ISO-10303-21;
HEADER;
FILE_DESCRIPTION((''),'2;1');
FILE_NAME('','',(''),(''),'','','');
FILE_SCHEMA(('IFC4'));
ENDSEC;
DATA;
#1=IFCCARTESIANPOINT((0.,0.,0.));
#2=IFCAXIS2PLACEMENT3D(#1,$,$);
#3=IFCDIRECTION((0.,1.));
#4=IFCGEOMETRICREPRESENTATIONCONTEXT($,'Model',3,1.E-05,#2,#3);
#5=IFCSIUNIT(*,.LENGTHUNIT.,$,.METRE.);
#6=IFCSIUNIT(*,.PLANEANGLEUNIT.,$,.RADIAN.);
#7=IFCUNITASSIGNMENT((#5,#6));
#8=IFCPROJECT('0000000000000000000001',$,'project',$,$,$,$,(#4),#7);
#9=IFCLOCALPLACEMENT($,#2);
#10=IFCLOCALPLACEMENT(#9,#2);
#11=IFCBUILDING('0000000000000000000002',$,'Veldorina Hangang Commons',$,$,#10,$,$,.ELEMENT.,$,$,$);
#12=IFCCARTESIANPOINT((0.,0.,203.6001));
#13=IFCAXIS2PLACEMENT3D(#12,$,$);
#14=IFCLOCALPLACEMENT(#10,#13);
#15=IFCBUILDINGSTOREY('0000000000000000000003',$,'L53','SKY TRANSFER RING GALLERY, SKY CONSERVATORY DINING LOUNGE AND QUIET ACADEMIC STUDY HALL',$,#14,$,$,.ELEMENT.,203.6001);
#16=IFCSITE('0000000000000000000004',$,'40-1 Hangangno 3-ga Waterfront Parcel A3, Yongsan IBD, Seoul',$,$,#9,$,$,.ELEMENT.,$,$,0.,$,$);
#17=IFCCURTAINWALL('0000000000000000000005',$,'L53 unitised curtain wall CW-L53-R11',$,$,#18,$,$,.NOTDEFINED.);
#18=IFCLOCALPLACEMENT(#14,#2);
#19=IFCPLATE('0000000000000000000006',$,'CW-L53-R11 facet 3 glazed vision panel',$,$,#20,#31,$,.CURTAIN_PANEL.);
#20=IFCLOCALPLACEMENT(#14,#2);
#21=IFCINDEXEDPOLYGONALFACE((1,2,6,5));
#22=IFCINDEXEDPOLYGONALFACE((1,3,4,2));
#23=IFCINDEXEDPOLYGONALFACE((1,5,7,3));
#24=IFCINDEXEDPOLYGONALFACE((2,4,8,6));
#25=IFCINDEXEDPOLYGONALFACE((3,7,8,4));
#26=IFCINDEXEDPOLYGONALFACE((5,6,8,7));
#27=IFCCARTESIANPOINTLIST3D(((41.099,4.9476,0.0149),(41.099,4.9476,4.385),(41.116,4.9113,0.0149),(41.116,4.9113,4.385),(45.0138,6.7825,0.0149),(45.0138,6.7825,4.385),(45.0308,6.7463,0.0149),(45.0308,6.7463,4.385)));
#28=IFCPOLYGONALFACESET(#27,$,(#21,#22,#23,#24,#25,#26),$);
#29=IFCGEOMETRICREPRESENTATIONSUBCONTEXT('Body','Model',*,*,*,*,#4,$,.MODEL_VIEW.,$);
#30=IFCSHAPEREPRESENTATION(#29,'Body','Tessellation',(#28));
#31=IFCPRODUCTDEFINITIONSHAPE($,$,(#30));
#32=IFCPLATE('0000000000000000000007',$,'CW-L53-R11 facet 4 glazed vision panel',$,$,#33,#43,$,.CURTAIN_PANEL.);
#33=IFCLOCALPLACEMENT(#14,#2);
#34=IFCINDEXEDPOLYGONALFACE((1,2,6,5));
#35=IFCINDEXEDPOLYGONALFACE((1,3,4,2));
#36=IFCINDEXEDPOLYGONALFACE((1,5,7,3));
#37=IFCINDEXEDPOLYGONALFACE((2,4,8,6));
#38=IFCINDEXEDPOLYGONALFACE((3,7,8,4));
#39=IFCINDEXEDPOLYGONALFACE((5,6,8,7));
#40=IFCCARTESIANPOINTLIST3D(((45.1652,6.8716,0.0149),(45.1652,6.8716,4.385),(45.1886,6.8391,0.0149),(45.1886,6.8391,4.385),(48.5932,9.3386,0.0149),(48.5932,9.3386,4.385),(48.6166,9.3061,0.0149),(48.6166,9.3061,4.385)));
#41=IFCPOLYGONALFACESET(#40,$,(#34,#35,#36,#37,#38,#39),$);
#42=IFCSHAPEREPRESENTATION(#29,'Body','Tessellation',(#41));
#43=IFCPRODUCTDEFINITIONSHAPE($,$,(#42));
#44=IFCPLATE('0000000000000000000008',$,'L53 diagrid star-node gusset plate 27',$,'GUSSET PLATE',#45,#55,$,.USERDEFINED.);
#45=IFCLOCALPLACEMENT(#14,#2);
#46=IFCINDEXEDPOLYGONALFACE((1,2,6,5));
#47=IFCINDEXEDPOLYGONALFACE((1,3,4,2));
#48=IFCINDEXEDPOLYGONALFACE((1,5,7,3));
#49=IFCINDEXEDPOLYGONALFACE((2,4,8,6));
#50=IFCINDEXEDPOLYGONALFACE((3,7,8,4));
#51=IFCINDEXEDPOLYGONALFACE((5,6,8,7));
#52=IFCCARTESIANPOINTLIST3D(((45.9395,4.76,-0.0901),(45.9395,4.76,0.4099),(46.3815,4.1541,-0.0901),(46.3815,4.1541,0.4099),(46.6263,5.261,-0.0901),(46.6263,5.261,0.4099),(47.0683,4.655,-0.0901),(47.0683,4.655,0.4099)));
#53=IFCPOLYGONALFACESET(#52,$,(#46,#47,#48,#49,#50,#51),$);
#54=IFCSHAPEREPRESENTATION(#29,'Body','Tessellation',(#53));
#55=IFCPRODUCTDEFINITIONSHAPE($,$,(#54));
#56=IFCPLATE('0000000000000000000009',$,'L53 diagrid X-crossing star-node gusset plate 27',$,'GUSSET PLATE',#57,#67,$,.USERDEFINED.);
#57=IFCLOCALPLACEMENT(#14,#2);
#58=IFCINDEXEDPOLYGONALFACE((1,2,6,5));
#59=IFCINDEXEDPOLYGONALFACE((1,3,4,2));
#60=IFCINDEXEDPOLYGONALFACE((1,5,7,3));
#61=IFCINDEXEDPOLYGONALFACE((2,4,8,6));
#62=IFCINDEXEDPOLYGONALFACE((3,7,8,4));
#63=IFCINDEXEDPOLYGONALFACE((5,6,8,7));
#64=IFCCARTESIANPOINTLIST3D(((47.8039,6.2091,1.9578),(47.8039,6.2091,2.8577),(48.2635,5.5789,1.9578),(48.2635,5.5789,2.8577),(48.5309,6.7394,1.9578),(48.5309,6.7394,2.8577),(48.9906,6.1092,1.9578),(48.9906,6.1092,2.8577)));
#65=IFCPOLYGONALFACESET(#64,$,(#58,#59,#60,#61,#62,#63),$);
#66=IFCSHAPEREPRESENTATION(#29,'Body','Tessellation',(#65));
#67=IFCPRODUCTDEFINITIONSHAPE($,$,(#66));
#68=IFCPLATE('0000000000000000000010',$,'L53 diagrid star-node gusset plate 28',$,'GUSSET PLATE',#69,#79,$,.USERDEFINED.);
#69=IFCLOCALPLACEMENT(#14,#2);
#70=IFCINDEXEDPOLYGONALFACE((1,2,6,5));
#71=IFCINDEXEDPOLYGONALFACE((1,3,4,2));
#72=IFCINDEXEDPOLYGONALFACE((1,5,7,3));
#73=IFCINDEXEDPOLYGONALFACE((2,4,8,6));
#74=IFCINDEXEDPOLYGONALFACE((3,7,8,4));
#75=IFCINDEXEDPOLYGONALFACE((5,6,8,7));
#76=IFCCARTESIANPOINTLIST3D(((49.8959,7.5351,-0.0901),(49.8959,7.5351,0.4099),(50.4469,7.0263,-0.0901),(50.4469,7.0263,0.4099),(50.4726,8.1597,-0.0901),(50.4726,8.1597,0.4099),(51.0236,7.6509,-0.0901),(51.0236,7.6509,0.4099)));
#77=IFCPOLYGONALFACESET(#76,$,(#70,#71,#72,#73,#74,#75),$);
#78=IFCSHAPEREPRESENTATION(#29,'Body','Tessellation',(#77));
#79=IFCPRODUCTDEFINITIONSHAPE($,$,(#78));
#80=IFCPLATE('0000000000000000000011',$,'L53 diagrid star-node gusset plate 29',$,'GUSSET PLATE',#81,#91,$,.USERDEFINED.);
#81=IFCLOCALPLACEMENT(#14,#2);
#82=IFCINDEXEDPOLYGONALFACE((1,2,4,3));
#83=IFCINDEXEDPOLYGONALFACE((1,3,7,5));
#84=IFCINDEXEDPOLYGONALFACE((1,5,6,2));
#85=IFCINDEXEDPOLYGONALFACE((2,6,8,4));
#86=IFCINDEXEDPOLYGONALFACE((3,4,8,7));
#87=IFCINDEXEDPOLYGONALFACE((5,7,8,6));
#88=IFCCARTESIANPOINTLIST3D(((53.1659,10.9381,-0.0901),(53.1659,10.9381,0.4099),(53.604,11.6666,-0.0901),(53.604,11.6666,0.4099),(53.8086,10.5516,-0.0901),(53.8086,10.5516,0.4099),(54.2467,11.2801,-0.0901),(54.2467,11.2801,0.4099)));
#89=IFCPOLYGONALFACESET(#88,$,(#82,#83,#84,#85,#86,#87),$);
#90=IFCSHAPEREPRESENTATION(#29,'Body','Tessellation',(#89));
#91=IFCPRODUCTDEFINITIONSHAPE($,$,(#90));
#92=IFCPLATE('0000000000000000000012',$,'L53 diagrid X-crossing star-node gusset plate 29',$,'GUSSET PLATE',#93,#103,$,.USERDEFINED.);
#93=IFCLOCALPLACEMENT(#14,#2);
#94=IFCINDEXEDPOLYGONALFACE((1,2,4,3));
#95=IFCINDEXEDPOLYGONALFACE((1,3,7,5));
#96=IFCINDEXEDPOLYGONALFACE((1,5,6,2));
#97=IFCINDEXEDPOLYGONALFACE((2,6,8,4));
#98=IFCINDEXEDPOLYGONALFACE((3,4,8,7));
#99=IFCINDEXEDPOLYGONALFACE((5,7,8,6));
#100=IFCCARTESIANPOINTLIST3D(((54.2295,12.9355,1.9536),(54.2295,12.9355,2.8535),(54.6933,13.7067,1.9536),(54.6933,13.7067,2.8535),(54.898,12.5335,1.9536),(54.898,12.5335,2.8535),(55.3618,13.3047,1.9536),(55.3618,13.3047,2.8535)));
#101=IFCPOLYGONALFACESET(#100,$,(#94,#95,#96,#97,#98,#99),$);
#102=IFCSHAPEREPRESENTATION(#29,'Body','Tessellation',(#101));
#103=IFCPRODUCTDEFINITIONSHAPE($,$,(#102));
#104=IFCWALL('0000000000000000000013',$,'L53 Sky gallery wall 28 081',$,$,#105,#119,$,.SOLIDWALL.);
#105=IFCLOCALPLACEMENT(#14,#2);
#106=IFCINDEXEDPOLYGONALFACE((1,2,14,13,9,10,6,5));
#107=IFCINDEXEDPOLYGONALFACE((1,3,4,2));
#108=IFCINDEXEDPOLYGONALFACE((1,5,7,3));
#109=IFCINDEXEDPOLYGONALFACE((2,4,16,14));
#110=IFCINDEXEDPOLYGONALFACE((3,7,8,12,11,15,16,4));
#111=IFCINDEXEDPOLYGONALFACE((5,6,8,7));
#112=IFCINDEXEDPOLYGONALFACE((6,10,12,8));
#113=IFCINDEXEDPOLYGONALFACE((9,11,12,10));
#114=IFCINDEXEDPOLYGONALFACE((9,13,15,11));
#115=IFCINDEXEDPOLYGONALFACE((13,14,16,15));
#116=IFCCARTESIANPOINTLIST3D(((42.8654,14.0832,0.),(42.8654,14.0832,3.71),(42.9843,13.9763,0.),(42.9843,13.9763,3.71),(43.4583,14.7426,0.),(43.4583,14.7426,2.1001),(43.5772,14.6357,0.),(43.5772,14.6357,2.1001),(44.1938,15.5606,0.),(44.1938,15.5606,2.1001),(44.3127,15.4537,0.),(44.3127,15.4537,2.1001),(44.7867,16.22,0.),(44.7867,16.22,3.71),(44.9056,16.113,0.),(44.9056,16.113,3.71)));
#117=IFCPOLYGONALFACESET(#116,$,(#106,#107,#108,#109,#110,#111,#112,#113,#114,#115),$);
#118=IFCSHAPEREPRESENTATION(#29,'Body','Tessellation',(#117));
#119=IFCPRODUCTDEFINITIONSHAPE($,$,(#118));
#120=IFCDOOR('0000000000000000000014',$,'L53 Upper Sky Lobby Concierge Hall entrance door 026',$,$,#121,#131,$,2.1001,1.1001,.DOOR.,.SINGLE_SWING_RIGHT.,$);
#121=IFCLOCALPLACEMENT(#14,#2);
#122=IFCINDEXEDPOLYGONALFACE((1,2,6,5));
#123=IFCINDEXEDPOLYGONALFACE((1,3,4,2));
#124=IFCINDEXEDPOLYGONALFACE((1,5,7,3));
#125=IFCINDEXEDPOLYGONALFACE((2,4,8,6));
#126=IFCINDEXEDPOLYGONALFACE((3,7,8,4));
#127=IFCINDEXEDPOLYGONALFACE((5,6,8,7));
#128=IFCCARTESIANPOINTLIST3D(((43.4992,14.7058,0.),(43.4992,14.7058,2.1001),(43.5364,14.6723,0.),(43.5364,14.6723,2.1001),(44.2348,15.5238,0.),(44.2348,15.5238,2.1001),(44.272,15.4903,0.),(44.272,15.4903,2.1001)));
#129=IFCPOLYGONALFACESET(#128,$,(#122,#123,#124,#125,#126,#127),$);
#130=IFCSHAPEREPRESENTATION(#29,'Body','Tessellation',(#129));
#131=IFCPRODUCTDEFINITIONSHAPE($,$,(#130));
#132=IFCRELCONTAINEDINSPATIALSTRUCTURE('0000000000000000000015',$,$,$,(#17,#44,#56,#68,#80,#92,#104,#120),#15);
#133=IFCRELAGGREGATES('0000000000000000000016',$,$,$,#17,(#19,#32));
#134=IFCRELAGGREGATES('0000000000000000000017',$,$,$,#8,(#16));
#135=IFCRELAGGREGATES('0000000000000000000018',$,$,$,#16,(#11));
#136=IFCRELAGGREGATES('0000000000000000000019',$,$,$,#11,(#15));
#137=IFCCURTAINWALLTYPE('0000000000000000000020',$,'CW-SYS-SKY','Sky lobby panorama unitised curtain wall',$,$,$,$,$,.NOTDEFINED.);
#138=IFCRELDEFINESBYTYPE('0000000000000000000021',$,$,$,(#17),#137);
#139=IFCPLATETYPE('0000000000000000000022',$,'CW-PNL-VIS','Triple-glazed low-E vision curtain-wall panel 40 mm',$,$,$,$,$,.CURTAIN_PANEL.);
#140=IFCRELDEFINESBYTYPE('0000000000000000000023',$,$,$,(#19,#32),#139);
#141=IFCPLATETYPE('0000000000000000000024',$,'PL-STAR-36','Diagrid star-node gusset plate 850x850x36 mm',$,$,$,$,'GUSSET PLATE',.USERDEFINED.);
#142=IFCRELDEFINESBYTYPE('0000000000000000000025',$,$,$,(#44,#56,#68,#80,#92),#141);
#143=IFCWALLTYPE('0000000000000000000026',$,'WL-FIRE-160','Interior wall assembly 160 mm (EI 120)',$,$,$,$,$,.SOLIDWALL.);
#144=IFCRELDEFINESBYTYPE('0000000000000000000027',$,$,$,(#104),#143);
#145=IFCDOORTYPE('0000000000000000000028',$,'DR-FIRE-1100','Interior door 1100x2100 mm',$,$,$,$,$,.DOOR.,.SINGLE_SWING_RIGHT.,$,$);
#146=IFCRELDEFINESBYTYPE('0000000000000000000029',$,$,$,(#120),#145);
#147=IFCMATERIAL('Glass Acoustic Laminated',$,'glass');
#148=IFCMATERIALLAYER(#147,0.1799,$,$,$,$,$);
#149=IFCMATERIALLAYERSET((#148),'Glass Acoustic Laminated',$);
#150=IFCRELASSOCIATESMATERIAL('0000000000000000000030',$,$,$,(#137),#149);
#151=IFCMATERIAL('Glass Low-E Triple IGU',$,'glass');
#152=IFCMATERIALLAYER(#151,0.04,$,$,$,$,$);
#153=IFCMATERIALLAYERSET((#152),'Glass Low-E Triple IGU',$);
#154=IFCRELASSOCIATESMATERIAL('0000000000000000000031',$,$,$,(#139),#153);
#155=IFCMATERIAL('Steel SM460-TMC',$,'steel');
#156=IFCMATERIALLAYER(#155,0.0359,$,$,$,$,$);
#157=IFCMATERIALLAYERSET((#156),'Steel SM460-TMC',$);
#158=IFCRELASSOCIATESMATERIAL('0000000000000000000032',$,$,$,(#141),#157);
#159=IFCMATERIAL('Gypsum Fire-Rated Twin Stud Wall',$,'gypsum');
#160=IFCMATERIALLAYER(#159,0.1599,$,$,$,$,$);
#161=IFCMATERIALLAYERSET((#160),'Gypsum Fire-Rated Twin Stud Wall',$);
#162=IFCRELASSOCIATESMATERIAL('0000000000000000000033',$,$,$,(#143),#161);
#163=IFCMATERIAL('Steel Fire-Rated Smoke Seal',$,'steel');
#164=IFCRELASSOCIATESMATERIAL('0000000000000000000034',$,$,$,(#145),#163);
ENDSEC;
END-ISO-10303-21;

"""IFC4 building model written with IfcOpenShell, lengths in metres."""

from ifc_helpers import new_model, si_unit, direction, frame, frame_2d, origin, origin_2d, place, context, subcontext, project, spatial, rectangle, extrude, material, layer, layer_set, type_object, element, fill, aggregate, save


model = new_model("IFC4")

# Units and contexts
model_context = context("Model", 3, precision=1e-05, world=origin(), true_north=direction((0.0, 1.0)))
body_context = subcontext(model_context, "Body", "Model", "MODEL_VIEW")
ifc_project = project(units=[si_unit("LENGTHUNIT", "METRE"), si_unit("PLANEANGLEUNIT", "RADIAN")], contexts=[model_context])

# Site, building, storey
site_placement = place(None, origin())
site = spatial("IfcSite", under=ifc_project, at=site_placement, Name="40-1 Hangangno 3-ga Waterfront Parcel A3, Yongsan IBD, Seoul", CompositionType="ELEMENT", RefElevation=0.0)
building_placement = place(site_placement, origin())
building = spatial("IfcBuilding", under=site, at=building_placement, Name="Veldorina Hangang Commons", CompositionType="ELEMENT")
storey_placement = place(building_placement, frame((0.0, 0.0, 203.6001)))
storey = spatial("IfcBuildingStorey", under=building, at=storey_placement, Name="L53", Description="SKY TRANSFER RING GALLERY, SKY CONSERVATORY DINING LOUNGE AND QUIET ACADEMIC STUDY HALL", CompositionType="ELEMENT", Elevation=203.6001)

# Curtain wall
ifc_material_1 = material(Name="Glass Acoustic Laminated", Category="glass")
ifc_layer_1 = layer(ifc_material_1, 0.1799)
ifc_layer_set_1 = layer_set([ifc_layer_1], Name="Glass Acoustic Laminated")
curtain_wall_type = type_object("IfcCurtainWallType", Name="CW-SYS-SKY", Description="Sky lobby panorama unitised curtain wall", PredefinedType="NOTDEFINED", material=ifc_layer_set_1)
curtain_wall_1_placement = place(storey_placement, origin())
curtain_wall_1 = element("IfcCurtainWall", 1, at=curtain_wall_1_placement, inside=storey, type_object=curtain_wall_type, Name="L53 unitised curtain wall CW-L53-R11", PredefinedType="NOTDEFINED")

# Shared definitions
ifc_material_2 = material(Name="Steel SM460-TMC", Category="steel")

# Plates
ifc_material_3 = material(Name="Glass Low-E Triple IGU", Category="glass")
ifc_layer_2 = layer(ifc_material_3, 0.04)
ifc_layer_set_2 = layer_set([ifc_layer_2], Name="Glass Low-E Triple IGU")
plate_type_1 = type_object("IfcPlateType", Name="CW-PNL-VIS", Description="Triple-glazed low-E vision curtain-wall panel 40 mm", PredefinedType="CURTAIN_PANEL", material=ifc_layer_set_2)
plate_1_placement = place(storey_placement, frame((43.0649, 5.8469, 0.0149), z_axis=(0.0, 0.0, 1.0), x_axis=(0.905473, 0.424405, 0.0)))
plate_1 = element("IfcPlate", 2, at=plate_1_placement, type_object=plate_type_1, Name="CW-L53-R11 facet 3 glazed vision panel", PredefinedType="CURTAIN_PANEL", context=body_context, shape_type="SweptSolid", body=[
    extrude(rectangle(XDim=4.3235, YDim=0.04, at=origin_2d()), origin(), (0.0, 0.0, 1.0), 4.3701),
])
plate_2_placement = place(storey_placement, frame((46.8909, 8.0889, 0.0149), z_axis=(0.0, 0.0, 1.0), x_axis=(0.811666, 0.584122, 0.0)))
plate_2 = element("IfcPlate", 3, at=plate_2_placement, type_object=plate_type_1, Name="CW-L53-R11 facet 4 glazed vision panel", PredefinedType="CURTAIN_PANEL", context=body_context, shape_type="SweptSolid", body=[
    extrude(rectangle(XDim=4.2234, YDim=0.04, at=origin_2d()), origin(), (0.0, 0.0, 1.0), 4.3701),
])
aggregate(curtain_wall_1, [plate_1, plate_2])

# Plates
ifc_layer_3 = layer(ifc_material_2, 0.0359)
ifc_layer_set_3 = layer_set([ifc_layer_3], Name="Steel SM460-TMC")
plate_type_2 = type_object("IfcPlateType", Name="PL-STAR-36", Description="Diagrid star-node gusset plate 850x850x36 mm", ElementType="GUSSET PLATE", PredefinedType="USERDEFINED", material=ifc_layer_set_3)
plate_3_placement = place(storey_placement, frame((46.5039, 4.7075, -0.0901), z_axis=(0.0, 0.0, 1.0), x_axis=(0.807908, 0.589309, 0.0)))
element("IfcPlate", 4, at=plate_3_placement, inside=storey, type_object=plate_type_2, Name="L53 diagrid star-node gusset plate 27", ObjectType="GUSSET PLATE", PredefinedType="USERDEFINED", context=body_context, shape_type="SweptSolid", body=[
    extrude(rectangle(XDim=0.8501, YDim=0.75, at=origin_2d()), origin(), (0.0, 0.0, 1.0), 0.5),
])
plate_4_placement = place(storey_placement, frame((48.3972, 6.1592, 1.9578), z_axis=(0.0, 0.0, 1.0), x_axis=(0.807908, 0.589309, 0.0)))
element("IfcPlate", 5, at=plate_4_placement, inside=storey, type_object=plate_type_2, Name="L53 diagrid X-crossing star-node gusset plate 27", ObjectType="GUSSET PLATE", PredefinedType="USERDEFINED", context=body_context, shape_type="SweptSolid", body=[
    extrude(rectangle(XDim=0.8999, YDim=0.78, at=origin_2d()), origin(), (0.0, 0.0, 1.0), 0.8999),
])
for number, where, z_axis, x_axis, name in (
    (6, (50.4597, 7.593, -0.0901), (0.0, 0.0, 1.0), (0.678391, 0.734702, 0.0), "L53 diagrid star-node gusset plate 28"),
    (7, (53.7063, 11.1091, -0.0901), (0.0, 0.0, 1.0), (0.515382, 0.85696, 0.0), "L53 diagrid star-node gusset plate 29"),
):
    element("IfcPlate", number, at=place(storey_placement, frame(where, z_axis=z_axis, x_axis=x_axis)), inside=storey, type_object=plate_type_2, Name=name, ObjectType="GUSSET PLATE", PredefinedType="USERDEFINED", context=body_context, shape_type="SweptSolid", body=[
        extrude(rectangle(XDim=0.8501, YDim=0.75, at=origin_2d()), origin(), (0.0, 0.0, 1.0), 0.5),
    ])
plate_5_placement = place(storey_placement, frame((54.7957, 13.1201, 1.9536), z_axis=(0.0, 0.0, 1.0), x_axis=(0.515382, 0.85696, 0.0)))
element("IfcPlate", 8, at=plate_5_placement, inside=storey, type_object=plate_type_2, Name="L53 diagrid X-crossing star-node gusset plate 29", ObjectType="GUSSET PLATE", PredefinedType="USERDEFINED", context=body_context, shape_type="SweptSolid", body=[
    extrude(rectangle(XDim=0.8999, YDim=0.78, at=origin_2d()), origin(), (0.0, 0.0, 1.0), 0.8999),
])

# Wall, opening, door
ifc_material_4 = material(Name="Gypsum Fire-Rated Twin Stud Wall", Category="gypsum")
ifc_layer_4 = layer(ifc_material_4, 0.1599)
ifc_layer_set_4 = layer_set([ifc_layer_4], Name="Gypsum Fire-Rated Twin Stud Wall")
wall_type_1 = type_object("IfcWallType", Name="WL-FIRE-160", Description="Interior wall assembly 160 mm (EI 120)", PredefinedType="SOLIDWALL", material=ifc_layer_set_4)
wall_1_placement = place(storey_placement, frame((42.9248, 14.0298, 0.0), z_axis=(0.0, 0.0, 1.0), x_axis=(0.668645, 0.743581, 0.0)))
wall_1 = element("IfcWall", 9, at=wall_1_placement, inside=storey, type_object=wall_type_1, Name="L53 Sky gallery wall 28 081", PredefinedType="SOLIDWALL", context=body_context, shape_type="SweptSolid", body=[
    extrude(rectangle(XDim=2.8735, YDim=0.1599, at=frame_2d((1.4368, 0.0))), origin(), (0.0, 0.0, 1.0), 3.71),
])
opening_1_placement = place(wall_1_placement, frame((0.8867, 0.0, 0.0)))
opening_1 = element("IfcOpeningElement", 10, at=opening_1_placement, cuts=wall_1, PredefinedType="OPENING", context=body_context, shape_type="SweptSolid", body=[
    extrude(rectangle(XDim=1.1001, YDim=2.1001, at=frame_2d((0.55, 1.05))), frame((0.0, 0.0898, 0.0), z_axis=(0.0, -1.0, 0.0), x_axis=(1.0, 0.0, 0.0)), (0.0, 0.0, 1.0), 0.1799),
])
ifc_material_5 = material(Name="Steel Fire-Rated Smoke Seal", Category="steel")
door_type_1 = type_object("IfcDoorType", Name="DR-FIRE-1100", Description="Interior door 1100x2100 mm", OperationType="SINGLE_SWING_RIGHT", PredefinedType="DOOR", material=ifc_material_5)
door_1_placement = place(opening_1_placement, origin())
door_1 = element("IfcDoor", 11, at=door_1_placement, inside=storey, type_object=door_type_1, Name="L53 Upper Sky Lobby Concierge Hall entrance door 026", OperationType="SINGLE_SWING_RIGHT", OverallHeight=2.1001, OverallWidth=1.1001, PredefinedType="DOOR", context=body_context, shape_type="SweptSolid", body=[
    extrude(rectangle(XDim=1.1001, YDim=2.1001, at=frame_2d((0.55, 1.05))), frame((0.0, 0.0249, 0.0), z_axis=(0.0, -1.0, 0.0), x_axis=(1.0, 0.0, 0.0)), (0.0, 0.0, 1.0), 0.05),
])
fill(opening_1, door_1)

save(model, "model.ifc")
